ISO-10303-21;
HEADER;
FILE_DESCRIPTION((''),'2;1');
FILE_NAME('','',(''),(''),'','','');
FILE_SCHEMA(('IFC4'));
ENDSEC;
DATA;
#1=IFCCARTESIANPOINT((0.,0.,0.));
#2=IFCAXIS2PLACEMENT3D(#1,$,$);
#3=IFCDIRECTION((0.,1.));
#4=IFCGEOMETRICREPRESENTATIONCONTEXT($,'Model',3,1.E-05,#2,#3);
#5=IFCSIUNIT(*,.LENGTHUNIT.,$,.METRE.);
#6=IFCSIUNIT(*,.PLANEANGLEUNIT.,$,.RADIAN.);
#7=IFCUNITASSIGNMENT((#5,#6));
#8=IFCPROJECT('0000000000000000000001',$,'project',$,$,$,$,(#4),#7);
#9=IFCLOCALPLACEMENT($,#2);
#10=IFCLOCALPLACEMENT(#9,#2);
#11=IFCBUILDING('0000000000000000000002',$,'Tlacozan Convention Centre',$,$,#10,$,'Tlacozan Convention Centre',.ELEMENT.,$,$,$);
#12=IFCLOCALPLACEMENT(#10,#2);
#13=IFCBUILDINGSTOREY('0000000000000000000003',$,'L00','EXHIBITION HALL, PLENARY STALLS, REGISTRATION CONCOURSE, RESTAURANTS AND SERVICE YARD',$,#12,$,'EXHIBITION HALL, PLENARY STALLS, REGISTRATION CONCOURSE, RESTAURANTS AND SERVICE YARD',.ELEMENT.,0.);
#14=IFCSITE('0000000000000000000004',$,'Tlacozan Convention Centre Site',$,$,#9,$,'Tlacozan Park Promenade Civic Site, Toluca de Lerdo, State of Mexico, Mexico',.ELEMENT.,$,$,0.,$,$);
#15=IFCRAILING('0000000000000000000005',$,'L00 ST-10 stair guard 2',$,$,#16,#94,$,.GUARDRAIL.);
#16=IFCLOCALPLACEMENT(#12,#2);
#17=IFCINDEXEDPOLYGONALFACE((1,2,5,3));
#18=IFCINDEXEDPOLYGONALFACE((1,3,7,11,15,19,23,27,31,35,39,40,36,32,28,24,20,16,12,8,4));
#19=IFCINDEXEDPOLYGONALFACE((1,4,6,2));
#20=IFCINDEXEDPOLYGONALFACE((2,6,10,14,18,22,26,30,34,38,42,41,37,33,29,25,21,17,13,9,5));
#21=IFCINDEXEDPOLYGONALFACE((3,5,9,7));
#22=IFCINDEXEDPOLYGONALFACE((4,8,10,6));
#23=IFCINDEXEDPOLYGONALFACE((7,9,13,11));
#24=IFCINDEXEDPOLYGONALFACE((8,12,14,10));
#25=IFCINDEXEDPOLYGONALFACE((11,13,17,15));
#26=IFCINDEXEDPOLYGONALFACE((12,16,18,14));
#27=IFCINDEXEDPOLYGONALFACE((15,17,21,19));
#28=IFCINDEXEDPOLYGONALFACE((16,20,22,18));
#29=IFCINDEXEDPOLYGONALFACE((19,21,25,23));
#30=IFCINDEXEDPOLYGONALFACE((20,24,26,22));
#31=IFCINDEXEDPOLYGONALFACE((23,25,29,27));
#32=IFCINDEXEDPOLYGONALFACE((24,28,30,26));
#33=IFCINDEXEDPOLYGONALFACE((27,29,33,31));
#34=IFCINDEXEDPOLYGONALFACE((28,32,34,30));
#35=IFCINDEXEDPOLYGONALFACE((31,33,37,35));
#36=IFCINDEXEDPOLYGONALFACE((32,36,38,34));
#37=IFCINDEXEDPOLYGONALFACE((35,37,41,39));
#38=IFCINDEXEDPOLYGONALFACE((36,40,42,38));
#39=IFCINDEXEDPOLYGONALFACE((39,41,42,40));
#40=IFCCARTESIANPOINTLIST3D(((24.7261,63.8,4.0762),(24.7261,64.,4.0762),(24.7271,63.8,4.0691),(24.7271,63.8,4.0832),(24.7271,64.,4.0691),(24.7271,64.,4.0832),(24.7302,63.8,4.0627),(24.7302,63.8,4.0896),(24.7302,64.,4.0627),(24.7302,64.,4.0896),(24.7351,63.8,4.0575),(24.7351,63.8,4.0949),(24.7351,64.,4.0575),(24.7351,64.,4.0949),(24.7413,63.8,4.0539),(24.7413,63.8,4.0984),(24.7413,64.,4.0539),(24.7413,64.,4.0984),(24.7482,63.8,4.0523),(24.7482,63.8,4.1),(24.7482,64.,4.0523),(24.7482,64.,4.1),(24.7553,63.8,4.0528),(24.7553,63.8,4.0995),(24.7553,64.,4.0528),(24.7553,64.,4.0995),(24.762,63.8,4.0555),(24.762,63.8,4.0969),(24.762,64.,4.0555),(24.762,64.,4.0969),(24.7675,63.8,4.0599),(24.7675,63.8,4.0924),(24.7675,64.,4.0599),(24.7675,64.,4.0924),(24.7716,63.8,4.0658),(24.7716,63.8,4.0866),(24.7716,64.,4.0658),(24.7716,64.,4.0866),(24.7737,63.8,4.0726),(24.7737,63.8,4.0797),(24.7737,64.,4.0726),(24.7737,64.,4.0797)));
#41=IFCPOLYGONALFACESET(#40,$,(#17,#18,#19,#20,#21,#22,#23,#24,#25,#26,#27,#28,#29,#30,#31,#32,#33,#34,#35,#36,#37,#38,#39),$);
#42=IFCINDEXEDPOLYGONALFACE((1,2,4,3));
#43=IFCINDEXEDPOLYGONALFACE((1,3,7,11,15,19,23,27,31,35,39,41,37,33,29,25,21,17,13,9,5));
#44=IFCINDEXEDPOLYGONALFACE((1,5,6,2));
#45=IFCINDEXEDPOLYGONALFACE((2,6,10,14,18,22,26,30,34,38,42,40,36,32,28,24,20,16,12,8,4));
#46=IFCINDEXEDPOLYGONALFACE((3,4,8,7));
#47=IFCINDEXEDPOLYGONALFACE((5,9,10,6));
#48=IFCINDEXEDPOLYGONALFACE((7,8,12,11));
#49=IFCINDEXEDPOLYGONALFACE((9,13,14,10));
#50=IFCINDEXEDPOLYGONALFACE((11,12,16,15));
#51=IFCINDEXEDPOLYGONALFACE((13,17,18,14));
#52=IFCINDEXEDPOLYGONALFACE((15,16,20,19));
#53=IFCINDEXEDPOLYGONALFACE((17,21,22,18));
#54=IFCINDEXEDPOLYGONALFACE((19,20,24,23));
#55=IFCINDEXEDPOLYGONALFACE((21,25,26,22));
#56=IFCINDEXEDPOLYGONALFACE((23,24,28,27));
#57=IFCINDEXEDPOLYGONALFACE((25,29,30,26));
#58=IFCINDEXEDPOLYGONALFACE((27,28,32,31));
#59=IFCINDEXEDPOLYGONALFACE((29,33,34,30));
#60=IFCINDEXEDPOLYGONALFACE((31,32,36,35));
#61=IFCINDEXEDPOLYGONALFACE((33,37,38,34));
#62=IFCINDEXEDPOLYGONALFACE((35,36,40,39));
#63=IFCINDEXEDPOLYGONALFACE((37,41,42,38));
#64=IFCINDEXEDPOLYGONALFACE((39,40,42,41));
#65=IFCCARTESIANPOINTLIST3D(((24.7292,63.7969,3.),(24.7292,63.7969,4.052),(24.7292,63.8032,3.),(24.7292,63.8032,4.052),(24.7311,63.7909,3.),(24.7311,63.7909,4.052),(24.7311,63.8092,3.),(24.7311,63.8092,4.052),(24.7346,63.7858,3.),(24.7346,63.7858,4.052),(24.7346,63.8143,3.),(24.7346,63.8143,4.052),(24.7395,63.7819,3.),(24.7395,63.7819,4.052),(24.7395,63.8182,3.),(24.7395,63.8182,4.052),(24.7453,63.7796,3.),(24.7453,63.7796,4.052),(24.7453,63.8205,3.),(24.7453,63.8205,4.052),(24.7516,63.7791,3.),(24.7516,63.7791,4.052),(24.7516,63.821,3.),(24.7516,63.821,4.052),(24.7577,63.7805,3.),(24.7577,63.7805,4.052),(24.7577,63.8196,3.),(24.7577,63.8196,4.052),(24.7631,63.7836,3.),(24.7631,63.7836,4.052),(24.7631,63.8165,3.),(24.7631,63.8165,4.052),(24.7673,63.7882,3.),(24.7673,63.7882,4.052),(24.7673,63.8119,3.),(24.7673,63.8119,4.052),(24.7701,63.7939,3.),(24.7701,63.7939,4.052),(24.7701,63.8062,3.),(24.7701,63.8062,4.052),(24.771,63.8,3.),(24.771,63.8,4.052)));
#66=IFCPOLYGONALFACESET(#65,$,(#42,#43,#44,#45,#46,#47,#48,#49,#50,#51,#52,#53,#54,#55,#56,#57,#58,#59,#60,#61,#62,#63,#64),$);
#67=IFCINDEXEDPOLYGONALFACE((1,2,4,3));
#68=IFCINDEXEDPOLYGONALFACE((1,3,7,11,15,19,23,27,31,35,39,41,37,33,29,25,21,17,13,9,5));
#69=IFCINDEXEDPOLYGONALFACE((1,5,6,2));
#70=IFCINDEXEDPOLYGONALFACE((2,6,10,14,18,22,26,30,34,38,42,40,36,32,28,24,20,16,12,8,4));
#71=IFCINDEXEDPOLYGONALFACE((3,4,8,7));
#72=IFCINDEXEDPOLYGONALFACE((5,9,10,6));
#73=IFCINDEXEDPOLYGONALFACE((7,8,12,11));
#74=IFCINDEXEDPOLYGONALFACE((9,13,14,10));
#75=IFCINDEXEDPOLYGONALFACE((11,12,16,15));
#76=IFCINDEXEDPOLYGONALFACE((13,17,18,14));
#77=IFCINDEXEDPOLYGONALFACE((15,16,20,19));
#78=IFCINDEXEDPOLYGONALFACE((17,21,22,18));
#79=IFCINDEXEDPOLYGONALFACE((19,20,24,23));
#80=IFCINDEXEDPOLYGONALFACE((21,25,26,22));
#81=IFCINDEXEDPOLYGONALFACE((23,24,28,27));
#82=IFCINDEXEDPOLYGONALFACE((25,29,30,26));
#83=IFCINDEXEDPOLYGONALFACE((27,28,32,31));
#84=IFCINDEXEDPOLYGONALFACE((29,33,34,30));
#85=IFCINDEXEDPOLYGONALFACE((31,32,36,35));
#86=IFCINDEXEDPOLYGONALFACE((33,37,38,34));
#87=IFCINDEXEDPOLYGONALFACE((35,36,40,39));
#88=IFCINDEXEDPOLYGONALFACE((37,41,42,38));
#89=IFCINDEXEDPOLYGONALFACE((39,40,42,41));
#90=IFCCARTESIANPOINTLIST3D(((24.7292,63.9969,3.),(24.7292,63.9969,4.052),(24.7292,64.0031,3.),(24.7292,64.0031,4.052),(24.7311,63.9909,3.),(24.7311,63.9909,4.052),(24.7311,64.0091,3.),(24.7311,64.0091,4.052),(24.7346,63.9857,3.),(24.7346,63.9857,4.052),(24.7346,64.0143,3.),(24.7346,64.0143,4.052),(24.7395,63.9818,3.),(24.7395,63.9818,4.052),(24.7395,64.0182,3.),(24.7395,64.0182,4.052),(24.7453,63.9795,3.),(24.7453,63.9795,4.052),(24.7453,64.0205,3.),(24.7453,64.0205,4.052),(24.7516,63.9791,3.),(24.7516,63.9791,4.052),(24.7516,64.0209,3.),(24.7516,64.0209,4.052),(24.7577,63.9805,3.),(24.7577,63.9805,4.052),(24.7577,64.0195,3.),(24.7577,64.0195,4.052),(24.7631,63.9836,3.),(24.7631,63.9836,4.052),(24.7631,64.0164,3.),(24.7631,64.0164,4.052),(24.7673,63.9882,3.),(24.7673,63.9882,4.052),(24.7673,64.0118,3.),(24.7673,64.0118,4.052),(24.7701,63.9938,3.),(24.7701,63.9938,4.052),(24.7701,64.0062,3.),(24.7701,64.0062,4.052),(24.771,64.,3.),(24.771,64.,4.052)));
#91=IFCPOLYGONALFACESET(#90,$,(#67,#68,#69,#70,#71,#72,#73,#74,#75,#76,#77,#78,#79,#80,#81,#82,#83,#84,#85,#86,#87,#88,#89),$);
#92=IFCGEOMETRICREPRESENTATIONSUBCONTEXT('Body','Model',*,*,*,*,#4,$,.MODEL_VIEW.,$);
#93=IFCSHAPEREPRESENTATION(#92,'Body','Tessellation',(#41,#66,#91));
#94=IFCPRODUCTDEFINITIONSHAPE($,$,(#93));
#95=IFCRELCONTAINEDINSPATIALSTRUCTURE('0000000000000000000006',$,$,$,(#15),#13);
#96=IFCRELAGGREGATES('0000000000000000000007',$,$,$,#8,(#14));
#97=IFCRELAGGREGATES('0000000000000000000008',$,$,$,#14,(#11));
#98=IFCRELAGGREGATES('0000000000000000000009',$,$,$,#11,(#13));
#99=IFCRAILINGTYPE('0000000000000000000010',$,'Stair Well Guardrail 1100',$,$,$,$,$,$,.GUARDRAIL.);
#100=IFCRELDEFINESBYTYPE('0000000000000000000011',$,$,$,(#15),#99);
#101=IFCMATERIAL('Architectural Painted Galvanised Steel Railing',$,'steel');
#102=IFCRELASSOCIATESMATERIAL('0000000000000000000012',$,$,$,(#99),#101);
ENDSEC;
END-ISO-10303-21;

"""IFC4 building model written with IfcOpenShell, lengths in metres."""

from ifc_helpers import new_model, si_unit, direction, frame, origin, origin_2d, place, context, subcontext, project, spatial, circle, extrude, material, type_object, element, save


model = new_model("IFC4")

# Units and contexts
model_context = context("Model", 3, precision=1e-05, world=origin(), true_north=direction((0.0, 1.0)))
body_context = subcontext(model_context, "Body", "Model", "MODEL_VIEW")
ifc_project = project(units=[si_unit("LENGTHUNIT", "METRE"), si_unit("PLANEANGLEUNIT", "RADIAN")], contexts=[model_context])

# Site, building, storey
site_placement = place(None, origin())
site = spatial("IfcSite", under=ifc_project, at=site_placement, Name="Tlacozan Convention Centre Site", LongName="Tlacozan Park Promenade Civic Site, Toluca de Lerdo, State of Mexico, Mexico", CompositionType="ELEMENT", RefElevation=0.0)
building_placement = place(site_placement, origin())
building = spatial("IfcBuilding", under=site, at=building_placement, Name="Tlacozan Convention Centre", LongName="Tlacozan Convention Centre", CompositionType="ELEMENT")
storey_placement = place(building_placement, origin())
storey = spatial("IfcBuildingStorey", under=building, at=storey_placement, Name="L00", Description="EXHIBITION HALL, PLENARY STALLS, REGISTRATION CONCOURSE, RESTAURANTS AND SERVICE YARD", LongName="EXHIBITION HALL, PLENARY STALLS, REGISTRATION CONCOURSE, RESTAURANTS AND SERVICE YARD", CompositionType="ELEMENT", Elevation=0.0)

# Railing
ifc_material_1 = material(Name="Architectural Painted Galvanised Steel Railing", Category="steel")
railing_type_1 = type_object("IfcRailingType", Name="Stair Well Guardrail 1100", PredefinedType="GUARDRAIL", material=ifc_material_1)
railing_1_placement = place(storey_placement, frame((24.75, 63.8, 3.0)))
element("IfcRailing", 1, at=railing_1_placement, inside=storey, type_object=railing_type_1, Name="L00 ST-10 stair guard 2", PredefinedType="GUARDRAIL", context=body_context, shape_type="SweptSolid", body=[
    extrude(circle(Radius=0.0239, at=origin_2d()), frame((0.0, 0.0, 1.0762), z_axis=(0.0, 1.0, 0.0), x_axis=(-1.0, 0.0, 0.0)), (0.0, 0.0, 1.0), 0.2),
    extrude(circle(Radius=0.021, at=origin_2d()), origin(), (0.0, 0.0, 1.0), 1.052),
    extrude(circle(Radius=0.021, at=origin_2d()), frame((0.0, 0.2, 0.0)), (0.0, 0.0, 1.0), 1.052),
])

save(model, "model.ifc")
